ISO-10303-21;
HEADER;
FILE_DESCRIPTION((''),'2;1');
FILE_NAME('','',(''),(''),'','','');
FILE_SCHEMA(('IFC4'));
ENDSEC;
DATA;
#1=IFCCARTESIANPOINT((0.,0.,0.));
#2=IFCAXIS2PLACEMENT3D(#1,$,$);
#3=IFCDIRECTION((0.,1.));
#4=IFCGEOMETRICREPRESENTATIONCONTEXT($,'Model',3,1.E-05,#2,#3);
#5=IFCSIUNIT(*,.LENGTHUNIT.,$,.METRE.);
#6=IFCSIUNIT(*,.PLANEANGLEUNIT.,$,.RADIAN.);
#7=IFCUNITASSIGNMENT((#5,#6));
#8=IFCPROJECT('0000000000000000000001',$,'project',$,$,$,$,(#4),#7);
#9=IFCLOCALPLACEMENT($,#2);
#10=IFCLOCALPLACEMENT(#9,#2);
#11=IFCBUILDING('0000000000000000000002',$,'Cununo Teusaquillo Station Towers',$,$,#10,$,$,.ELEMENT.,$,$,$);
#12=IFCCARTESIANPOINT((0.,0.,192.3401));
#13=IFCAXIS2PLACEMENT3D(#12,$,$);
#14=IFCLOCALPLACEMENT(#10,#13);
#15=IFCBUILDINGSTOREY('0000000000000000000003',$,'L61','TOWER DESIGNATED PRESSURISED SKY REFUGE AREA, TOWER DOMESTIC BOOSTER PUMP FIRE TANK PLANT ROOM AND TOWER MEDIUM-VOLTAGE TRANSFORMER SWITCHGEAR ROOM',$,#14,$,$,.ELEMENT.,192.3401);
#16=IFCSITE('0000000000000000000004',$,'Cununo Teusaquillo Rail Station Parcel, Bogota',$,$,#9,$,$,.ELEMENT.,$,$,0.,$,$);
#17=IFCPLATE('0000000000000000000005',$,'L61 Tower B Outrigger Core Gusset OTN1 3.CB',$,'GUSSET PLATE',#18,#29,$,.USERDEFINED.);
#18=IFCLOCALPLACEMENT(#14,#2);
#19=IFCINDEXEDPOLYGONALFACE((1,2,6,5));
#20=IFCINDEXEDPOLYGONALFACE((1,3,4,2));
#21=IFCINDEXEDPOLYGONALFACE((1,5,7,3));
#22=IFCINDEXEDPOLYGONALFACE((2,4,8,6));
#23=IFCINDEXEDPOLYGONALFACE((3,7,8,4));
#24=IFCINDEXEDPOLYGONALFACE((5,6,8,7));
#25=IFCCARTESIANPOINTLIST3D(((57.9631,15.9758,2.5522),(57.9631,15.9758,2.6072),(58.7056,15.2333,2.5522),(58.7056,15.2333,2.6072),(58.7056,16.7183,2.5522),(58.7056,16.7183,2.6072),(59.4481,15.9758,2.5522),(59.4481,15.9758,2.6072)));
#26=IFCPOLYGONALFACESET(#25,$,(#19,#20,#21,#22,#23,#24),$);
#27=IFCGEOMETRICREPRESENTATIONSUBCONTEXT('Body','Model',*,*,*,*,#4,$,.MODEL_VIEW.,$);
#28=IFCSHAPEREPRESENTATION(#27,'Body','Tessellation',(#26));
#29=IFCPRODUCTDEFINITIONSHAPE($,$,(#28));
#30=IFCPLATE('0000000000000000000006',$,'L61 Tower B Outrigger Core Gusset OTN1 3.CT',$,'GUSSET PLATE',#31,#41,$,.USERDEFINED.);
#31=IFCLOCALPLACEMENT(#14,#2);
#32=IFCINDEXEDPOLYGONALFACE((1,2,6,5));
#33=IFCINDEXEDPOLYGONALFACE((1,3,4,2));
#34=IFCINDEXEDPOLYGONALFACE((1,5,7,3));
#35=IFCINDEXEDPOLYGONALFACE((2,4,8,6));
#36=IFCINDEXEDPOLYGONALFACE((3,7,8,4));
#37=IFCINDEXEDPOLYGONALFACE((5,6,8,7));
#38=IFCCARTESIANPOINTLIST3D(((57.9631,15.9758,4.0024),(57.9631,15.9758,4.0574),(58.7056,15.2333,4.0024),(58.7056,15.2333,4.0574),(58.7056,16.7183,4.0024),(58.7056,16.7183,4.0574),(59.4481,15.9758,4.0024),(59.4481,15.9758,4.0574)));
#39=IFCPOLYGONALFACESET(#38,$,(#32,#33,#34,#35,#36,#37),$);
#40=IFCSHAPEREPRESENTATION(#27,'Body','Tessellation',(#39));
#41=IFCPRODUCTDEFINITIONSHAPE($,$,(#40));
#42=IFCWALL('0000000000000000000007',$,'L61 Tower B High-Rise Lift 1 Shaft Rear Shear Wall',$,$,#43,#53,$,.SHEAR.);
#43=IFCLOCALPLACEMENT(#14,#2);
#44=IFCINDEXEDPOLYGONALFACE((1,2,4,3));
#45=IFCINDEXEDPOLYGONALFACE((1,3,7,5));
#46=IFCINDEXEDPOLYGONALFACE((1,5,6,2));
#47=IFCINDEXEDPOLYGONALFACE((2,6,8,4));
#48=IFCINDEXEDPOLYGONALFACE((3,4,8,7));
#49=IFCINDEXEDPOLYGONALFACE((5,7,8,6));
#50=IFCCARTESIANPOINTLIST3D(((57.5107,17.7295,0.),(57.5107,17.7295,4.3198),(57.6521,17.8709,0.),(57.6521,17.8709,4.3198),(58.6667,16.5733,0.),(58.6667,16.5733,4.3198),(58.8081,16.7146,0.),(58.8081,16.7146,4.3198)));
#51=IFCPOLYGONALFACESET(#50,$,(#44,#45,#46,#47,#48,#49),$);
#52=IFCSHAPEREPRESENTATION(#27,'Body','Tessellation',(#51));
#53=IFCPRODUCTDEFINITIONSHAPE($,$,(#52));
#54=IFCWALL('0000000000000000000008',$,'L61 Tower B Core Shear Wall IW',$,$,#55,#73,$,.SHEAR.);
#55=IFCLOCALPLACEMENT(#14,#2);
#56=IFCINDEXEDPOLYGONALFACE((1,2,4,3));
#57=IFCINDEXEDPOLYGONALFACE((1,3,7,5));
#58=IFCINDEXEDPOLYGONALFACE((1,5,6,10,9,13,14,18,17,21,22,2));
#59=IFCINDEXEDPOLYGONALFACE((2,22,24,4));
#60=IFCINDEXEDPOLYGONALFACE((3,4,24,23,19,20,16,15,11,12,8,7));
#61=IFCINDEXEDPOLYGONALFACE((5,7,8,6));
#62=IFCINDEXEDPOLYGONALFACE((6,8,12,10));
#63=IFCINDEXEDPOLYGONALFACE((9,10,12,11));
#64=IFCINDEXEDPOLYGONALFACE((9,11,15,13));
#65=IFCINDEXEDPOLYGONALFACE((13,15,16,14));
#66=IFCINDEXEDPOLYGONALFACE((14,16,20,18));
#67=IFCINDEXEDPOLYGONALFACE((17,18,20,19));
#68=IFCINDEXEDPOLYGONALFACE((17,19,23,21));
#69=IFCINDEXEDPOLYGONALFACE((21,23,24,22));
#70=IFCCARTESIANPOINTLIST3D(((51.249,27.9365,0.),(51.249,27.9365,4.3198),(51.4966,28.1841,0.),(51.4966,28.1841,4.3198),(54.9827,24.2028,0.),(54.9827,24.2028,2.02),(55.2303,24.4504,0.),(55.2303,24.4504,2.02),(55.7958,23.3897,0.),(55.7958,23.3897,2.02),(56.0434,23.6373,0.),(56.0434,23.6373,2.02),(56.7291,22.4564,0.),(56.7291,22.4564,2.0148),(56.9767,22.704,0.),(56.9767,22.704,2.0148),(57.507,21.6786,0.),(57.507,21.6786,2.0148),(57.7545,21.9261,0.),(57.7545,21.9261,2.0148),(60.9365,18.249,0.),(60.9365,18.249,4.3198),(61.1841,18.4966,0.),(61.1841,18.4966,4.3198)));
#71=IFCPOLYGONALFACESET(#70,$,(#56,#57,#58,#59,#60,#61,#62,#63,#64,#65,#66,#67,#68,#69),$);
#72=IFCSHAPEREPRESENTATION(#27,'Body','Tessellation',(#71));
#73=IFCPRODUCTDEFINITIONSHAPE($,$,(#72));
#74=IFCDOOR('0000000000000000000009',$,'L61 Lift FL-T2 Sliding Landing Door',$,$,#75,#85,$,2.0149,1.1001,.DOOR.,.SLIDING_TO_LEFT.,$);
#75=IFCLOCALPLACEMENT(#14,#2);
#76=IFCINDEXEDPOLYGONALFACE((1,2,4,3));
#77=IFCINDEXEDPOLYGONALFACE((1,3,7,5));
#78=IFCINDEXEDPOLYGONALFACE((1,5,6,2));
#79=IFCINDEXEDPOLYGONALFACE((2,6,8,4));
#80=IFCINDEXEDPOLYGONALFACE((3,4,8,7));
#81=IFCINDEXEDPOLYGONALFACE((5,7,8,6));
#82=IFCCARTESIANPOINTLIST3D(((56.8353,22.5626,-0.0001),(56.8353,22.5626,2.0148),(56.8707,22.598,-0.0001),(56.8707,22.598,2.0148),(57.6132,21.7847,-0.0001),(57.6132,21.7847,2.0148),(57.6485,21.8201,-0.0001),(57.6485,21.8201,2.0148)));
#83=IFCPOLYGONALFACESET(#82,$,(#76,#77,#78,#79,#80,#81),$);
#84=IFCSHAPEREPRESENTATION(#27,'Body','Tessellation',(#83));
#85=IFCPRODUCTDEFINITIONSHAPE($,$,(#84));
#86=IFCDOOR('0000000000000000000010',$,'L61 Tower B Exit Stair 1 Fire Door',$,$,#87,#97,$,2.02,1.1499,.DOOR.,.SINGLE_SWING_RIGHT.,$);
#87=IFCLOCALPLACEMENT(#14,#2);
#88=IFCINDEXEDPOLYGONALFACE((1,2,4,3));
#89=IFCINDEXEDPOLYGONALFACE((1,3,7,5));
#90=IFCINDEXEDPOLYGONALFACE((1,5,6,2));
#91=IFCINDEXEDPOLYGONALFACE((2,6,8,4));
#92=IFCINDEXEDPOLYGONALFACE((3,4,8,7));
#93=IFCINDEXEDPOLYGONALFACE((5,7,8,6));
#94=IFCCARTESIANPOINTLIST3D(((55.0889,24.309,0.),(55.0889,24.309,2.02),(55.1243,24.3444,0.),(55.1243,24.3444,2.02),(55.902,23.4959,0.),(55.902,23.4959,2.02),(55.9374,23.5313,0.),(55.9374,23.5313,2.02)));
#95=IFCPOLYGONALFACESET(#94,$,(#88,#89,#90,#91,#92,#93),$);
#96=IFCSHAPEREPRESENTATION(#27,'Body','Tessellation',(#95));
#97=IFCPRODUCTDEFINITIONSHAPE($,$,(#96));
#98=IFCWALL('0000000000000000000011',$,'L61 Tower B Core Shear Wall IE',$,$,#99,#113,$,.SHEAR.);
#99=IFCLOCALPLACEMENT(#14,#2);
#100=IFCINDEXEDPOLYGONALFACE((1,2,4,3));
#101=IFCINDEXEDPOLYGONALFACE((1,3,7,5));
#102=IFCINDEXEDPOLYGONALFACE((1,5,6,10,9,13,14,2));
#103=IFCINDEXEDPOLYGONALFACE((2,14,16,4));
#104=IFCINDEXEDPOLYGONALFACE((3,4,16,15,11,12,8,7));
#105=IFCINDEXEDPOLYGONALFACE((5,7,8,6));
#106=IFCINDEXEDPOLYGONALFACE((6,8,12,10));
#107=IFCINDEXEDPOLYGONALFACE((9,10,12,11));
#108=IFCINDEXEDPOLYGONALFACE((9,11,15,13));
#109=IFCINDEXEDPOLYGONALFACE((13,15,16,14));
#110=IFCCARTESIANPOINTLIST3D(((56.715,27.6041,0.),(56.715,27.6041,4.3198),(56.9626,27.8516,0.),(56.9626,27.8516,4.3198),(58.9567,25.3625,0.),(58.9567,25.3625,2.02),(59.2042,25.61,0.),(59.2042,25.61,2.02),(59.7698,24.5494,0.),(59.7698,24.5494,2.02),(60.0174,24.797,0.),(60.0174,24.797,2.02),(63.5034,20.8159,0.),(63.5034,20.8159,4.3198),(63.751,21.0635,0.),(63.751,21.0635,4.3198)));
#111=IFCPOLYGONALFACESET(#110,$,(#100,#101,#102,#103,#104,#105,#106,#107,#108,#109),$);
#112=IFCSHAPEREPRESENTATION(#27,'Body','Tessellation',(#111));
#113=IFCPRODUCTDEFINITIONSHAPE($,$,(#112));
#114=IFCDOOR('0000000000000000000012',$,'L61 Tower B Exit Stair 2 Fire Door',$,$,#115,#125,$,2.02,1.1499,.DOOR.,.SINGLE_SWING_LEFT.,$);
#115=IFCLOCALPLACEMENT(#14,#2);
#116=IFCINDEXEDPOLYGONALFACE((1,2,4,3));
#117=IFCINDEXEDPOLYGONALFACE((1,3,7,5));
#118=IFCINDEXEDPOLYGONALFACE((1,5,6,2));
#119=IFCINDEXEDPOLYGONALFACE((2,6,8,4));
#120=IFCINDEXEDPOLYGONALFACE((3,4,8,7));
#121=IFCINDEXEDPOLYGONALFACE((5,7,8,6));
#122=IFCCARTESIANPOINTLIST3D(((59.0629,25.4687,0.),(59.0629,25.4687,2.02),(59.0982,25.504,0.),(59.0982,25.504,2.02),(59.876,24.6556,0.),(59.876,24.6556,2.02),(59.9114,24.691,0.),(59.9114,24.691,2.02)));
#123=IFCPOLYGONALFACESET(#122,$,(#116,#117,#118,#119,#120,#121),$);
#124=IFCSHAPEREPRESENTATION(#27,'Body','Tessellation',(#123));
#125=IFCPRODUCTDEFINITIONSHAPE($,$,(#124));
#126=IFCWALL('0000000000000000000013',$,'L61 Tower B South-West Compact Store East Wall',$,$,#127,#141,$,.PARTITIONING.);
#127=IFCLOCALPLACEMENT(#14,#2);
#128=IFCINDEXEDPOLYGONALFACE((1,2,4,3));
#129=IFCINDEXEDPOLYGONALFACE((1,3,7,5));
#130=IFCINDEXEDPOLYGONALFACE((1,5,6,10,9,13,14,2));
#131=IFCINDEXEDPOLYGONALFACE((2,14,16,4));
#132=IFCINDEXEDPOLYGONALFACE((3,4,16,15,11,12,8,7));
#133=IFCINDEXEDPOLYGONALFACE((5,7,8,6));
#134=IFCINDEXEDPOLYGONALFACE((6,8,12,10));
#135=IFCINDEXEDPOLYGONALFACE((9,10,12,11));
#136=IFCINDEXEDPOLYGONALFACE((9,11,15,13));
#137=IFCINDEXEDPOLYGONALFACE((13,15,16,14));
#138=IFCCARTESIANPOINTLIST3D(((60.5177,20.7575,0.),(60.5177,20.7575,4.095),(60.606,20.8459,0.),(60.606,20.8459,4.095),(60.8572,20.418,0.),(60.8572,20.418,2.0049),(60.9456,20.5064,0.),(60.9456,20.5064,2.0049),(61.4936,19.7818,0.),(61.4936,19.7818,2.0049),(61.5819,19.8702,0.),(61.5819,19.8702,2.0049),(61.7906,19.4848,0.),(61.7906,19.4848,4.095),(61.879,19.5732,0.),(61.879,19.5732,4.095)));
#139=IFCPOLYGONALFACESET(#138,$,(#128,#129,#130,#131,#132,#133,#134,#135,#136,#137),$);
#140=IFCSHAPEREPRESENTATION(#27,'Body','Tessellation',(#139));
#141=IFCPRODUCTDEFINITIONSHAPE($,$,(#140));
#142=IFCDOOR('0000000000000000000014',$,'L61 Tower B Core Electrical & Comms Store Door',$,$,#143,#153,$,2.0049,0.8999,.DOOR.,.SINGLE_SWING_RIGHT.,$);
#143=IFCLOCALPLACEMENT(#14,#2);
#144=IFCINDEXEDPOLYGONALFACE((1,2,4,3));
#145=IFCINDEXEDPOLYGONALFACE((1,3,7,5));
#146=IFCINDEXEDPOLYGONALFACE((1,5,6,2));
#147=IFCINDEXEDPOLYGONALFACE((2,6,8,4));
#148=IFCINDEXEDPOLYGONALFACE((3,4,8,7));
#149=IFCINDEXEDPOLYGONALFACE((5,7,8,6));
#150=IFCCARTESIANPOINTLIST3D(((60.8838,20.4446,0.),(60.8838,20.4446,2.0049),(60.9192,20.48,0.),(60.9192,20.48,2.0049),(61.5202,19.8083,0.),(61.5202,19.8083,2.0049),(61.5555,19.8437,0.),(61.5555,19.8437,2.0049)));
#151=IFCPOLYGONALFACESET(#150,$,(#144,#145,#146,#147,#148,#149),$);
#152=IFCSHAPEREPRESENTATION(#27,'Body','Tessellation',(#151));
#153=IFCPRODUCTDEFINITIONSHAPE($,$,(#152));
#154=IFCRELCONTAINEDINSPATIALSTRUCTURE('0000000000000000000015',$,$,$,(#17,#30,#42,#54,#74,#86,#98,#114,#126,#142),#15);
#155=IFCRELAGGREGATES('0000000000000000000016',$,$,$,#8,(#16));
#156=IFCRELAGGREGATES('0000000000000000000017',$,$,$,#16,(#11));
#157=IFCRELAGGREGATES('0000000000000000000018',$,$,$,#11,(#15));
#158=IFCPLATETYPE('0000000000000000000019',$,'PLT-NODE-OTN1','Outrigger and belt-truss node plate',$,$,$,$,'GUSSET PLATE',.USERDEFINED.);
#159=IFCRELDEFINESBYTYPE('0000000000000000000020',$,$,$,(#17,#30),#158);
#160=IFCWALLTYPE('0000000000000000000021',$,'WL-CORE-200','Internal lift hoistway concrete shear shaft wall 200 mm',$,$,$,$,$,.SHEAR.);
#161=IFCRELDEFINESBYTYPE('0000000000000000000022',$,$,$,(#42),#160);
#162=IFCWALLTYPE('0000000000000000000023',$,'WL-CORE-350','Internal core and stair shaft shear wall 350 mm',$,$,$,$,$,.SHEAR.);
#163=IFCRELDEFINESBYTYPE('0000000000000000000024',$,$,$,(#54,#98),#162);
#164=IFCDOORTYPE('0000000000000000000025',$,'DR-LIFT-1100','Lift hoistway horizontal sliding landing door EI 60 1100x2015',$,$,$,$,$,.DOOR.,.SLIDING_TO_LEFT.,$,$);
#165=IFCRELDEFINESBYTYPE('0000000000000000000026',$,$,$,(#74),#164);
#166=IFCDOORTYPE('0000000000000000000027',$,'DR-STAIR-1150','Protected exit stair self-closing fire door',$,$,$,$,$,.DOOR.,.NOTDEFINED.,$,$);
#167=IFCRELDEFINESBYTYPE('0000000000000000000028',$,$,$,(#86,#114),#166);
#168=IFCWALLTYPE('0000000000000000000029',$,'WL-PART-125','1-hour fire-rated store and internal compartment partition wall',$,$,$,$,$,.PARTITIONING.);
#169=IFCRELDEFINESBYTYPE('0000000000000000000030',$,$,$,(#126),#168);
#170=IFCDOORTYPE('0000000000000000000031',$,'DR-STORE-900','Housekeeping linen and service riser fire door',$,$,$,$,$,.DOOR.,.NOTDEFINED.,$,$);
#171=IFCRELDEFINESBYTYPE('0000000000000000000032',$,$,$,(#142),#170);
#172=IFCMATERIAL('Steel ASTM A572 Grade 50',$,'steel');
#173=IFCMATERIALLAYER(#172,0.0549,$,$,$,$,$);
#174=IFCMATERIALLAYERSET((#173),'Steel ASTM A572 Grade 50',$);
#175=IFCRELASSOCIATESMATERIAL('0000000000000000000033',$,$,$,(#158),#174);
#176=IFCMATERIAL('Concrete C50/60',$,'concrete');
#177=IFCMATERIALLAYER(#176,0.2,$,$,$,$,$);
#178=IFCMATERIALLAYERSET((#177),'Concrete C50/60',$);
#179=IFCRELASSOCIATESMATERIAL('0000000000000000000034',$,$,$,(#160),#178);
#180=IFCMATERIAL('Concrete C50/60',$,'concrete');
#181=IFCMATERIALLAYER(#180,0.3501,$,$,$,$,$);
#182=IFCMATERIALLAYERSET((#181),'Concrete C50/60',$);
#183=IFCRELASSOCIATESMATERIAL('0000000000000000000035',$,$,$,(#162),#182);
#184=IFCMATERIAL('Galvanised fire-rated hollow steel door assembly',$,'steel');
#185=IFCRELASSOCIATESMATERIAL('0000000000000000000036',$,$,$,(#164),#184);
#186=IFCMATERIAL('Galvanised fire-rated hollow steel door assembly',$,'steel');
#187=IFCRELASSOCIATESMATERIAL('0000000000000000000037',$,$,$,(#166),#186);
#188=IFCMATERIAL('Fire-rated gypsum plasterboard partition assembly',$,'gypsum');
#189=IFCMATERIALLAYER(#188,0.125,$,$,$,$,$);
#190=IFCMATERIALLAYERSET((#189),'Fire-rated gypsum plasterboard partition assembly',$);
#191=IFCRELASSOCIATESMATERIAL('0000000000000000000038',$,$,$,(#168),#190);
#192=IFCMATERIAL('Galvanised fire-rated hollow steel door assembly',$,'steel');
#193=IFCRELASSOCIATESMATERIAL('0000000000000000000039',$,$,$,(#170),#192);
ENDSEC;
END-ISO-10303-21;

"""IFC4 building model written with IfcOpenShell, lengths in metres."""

from ifc_helpers import new_model, si_unit, direction, frame, frame_2d, origin, origin_2d, place, context, subcontext, project, spatial, rectangle, extrude, source, transform, mapped, material, layer, layer_set, type_object, element, fill, save


model = new_model("IFC4")

# Units and contexts
model_context = context("Model", 3, precision=1e-05, world=origin(), true_north=direction((0.0, 1.0)))
body_context = subcontext(model_context, "Body", "Model", "MODEL_VIEW")
ifc_project = project(units=[si_unit("LENGTHUNIT", "METRE"), si_unit("PLANEANGLEUNIT", "RADIAN")], contexts=[model_context])

# Site, building, storey
site_placement = place(None, origin())
site = spatial("IfcSite", under=ifc_project, at=site_placement, Name="Cununo Teusaquillo Rail Station Parcel, Bogota", CompositionType="ELEMENT", RefElevation=0.0)
building_placement = place(site_placement, origin())
building = spatial("IfcBuilding", under=site, at=building_placement, Name="Cununo Teusaquillo Station Towers", CompositionType="ELEMENT")
storey_placement = place(building_placement, frame((0.0, 0.0, 192.3401)))
storey = spatial("IfcBuildingStorey", under=building, at=storey_placement, Name="L61", Description="TOWER DESIGNATED PRESSURISED SKY REFUGE AREA, TOWER DOMESTIC BOOSTER PUMP FIRE TANK PLANT ROOM AND TOWER MEDIUM-VOLTAGE TRANSFORMER SWITCHGEAR ROOM", CompositionType="ELEMENT", Elevation=192.3401)

# Plates
ifc_material_1 = material(Name="Steel ASTM A572 Grade 50", Category="steel")
ifc_layer_1 = layer(ifc_material_1, 0.0549)
ifc_layer_set_1 = layer_set([ifc_layer_1], Name="Steel ASTM A572 Grade 50")
plate_type = type_object("IfcPlateType", Name="PLT-NODE-OTN1", Description="Outrigger and belt-truss node plate", ElementType="GUSSET PLATE", PredefinedType="USERDEFINED", material=ifc_layer_set_1)
shared_shape_1 = source(origin(), body_context, "Body", "SweptSolid", [
    extrude(rectangle(XDim=1.05, YDim=1.05, at=origin_2d()), origin(), (0.0, 0.0, 1.0), 0.0549),
])
for number, where, z_axis, x_axis, name in (
    (1, (58.7056, 15.9758, 2.5522), (0.0, 0.0, 1.0), (0.707107, 0.707107, 0.0), "L61 Tower B Outrigger Core Gusset OTN1 3.CB"),
    (2, (58.7056, 15.9758, 4.0024), (0.0, 0.0, 1.0), (0.707107, 0.707107, 0.0), "L61 Tower B Outrigger Core Gusset OTN1 3.CT"),
):
    element("IfcPlate", number, at=place(storey_placement, frame(where, z_axis=z_axis, x_axis=x_axis)), inside=storey, type_object=plate_type, Name=name, ObjectType="GUSSET PLATE", PredefinedType="USERDEFINED", context=body_context, shape_type="MappedRepresentation", body=[
        mapped(shared_shape_1, transform((0.0, 0.0, 0.0), x_axis=(1.0, 0.0, 0.0), y_axis=(0.0, 1.0, 0.0), z_axis=(0.0, 0.0, 1.0), scale=1.0)),
    ])

# Wall
ifc_material_2 = material(Name="Concrete C50/60", Category="concrete")
ifc_layer_2 = layer(ifc_material_2, 0.2)
ifc_layer_set_2 = layer_set([ifc_layer_2], Name="Concrete C50/60")
wall_type_1 = type_object("IfcWallType", Name="WL-CORE-200", Description="Internal lift hoistway concrete shear shaft wall 200 mm", PredefinedType="SHEAR", material=ifc_layer_set_2)
wall_1_placement = place(storey_placement, frame((58.7373, 16.644, 0.0), z_axis=(0.0, 0.0, 1.0), x_axis=(-0.707032, 0.707181, 0.0)))
element("IfcWall", 3, at=wall_1_placement, inside=storey, type_object=wall_type_1, Name="L61 Tower B High-Rise Lift 1 Shaft Rear Shear Wall", PredefinedType="SHEAR", context=body_context, shape_type="SweptSolid", body=[
    extrude(rectangle(XDim=1.635, YDim=0.2, at=frame_2d((0.8174, 0.0))), origin(), (0.0, 0.0, 1.0), 4.3198),
])

# Wall, openings, doors
ifc_material_3 = material(Name="Concrete C50/60", Category="concrete")
ifc_layer_3 = layer(ifc_material_3, 0.3501)
ifc_layer_set_3 = layer_set([ifc_layer_3], Name="Concrete C50/60")
wall_type_2 = type_object("IfcWallType", Name="WL-CORE-350", Description="Internal core and stair shaft shear wall 350 mm", PredefinedType="SHEAR", material=ifc_layer_set_3)
wall_2_placement = place(storey_placement, frame((61.0603, 18.3728, 0.0), z_axis=(0.0, 0.0, 1.0), x_axis=(-0.707107, 0.707107, 0.0)))
wall_2 = element("IfcWall", 4, at=wall_2_placement, inside=storey, type_object=wall_type_2, Name="L61 Tower B Core Shear Wall IW", PredefinedType="SHEAR", context=body_context, shape_type="SweptSolid", body=[
    extrude(rectangle(XDim=13.7002, YDim=0.3501, at=frame_2d((6.8501, 0.0))), origin(), (0.0, 0.0, 1.0), 4.3198),
])
shared_shape_2 = source(origin(), body_context, "Body", "SweptSolid", [
    extrude(rectangle(XDim=1.1001, YDim=2.0149, at=frame_2d((0.55, 1.0073))), frame((0.0, 0.1851, 0.0), z_axis=(0.0, -1.0, 0.0), x_axis=(1.0, 0.0, 0.0)), (0.0, 0.0, 1.0), 0.3701),
])
opening_1_placement = place(wall_2_placement, frame((4.8501, 0.0, 0.0)))
opening_1 = element("IfcOpeningElement", 5, at=opening_1_placement, cuts=wall_2, PredefinedType="OPENING", context=body_context, shape_type="MappedRepresentation", body=[
    mapped(shared_shape_2, transform((0.0, 0.0, 0.0), x_axis=(1.0, 0.0, 0.0), y_axis=(0.0, 1.0, 0.0), z_axis=(0.0, 0.0, 1.0), scale=1.0)),
])
shared_shape_3 = source(origin(), body_context, "Body", "SweptSolid", [
    extrude(rectangle(XDim=1.1499, YDim=2.02, at=frame_2d((0.575, 1.01))), frame((0.0, 0.1851, 0.0), z_axis=(0.0, -1.0, 0.0), x_axis=(1.0, 0.0, 0.0)), (0.0, 0.0, 1.0), 0.3701),
])
opening_2_placement = place(wall_2_placement, frame((7.27, 0.0, 0.0)))
opening_2 = element("IfcOpeningElement", 6, at=opening_2_placement, cuts=wall_2, PredefinedType="OPENING", context=body_context, shape_type="MappedRepresentation", body=[
    mapped(shared_shape_3, transform((0.0, 0.0, 0.0), x_axis=(1.0, 0.0, 0.0), y_axis=(0.0, 1.0, 0.0), z_axis=(0.0, 0.0, 1.0), scale=1.0)),
])
ifc_material_4 = material(Name="Galvanised fire-rated hollow steel door assembly", Category="steel")
door_type_1 = type_object("IfcDoorType", Name="DR-LIFT-1100", Description="Lift hoistway horizontal sliding landing door EI 60 1100x2015", OperationType="SLIDING_TO_LEFT", PredefinedType="DOOR", material=ifc_material_4)
shared_shape_4 = source(origin(), body_context, "Body", "SweptSolid", [
    extrude(rectangle(XDim=1.1001, YDim=2.0149, at=frame_2d((0.55, 1.0073))), frame((0.0, 0.0249, 0.0), z_axis=(0.0, -1.0, 0.0), x_axis=(1.0, 0.0, 0.0)), (0.0, 0.0, 1.0), 0.05),
])
door_1_placement = place(opening_1_placement, origin())
door_1 = element("IfcDoor", 7, at=door_1_placement, inside=storey, type_object=door_type_1, Name="L61 Lift FL-T2 Sliding Landing Door", OperationType="SLIDING_TO_LEFT", OverallHeight=2.0149, OverallWidth=1.1001, PredefinedType="DOOR", context=body_context, shape_type="MappedRepresentation", body=[
    mapped(shared_shape_4, transform((0.0, 0.0, 0.0), x_axis=(1.0, 0.0, 0.0), y_axis=(0.0, 1.0, 0.0), z_axis=(0.0, 0.0, 1.0), scale=1.0)),
])
fill(opening_1, door_1)
ifc_material_5 = material(Name="Galvanised fire-rated hollow steel door assembly", Category="steel")
door_type_2 = type_object("IfcDoorType", Name="DR-STAIR-1150", Description="Protected exit stair self-closing fire door", OperationType="NOTDEFINED", PredefinedType="DOOR", material=ifc_material_5)
shared_shape_5 = source(origin(), body_context, "Body", "SweptSolid", [
    extrude(rectangle(XDim=1.1499, YDim=2.02, at=frame_2d((0.575, 1.01))), frame((0.0, 0.0249, 0.0), z_axis=(0.0, -1.0, 0.0), x_axis=(1.0, 0.0, 0.0)), (0.0, 0.0, 1.0), 0.05),
])
door_2_placement = place(opening_2_placement, origin())
door_2 = element("IfcDoor", 8, at=door_2_placement, inside=storey, type_object=door_type_2, Name="L61 Tower B Exit Stair 1 Fire Door", OperationType="SINGLE_SWING_RIGHT", OverallHeight=2.02, OverallWidth=1.1499, PredefinedType="DOOR", context=body_context, shape_type="MappedRepresentation", body=[
    mapped(shared_shape_5, transform((0.0, 0.0, 0.0), x_axis=(1.0, 0.0, 0.0), y_axis=(0.0, 1.0, 0.0), z_axis=(0.0, 0.0, 1.0), scale=1.0)),
])
fill(opening_2, door_2)

# Walls, openings, doors
wall_3_placement = place(storey_placement, frame((63.6272, 20.9397, 0.0), z_axis=(0.0, 0.0, 1.0), x_axis=(-0.707119, 0.707094, 0.0)))
wall_3 = element("IfcWall", 9, at=wall_3_placement, inside=storey, type_object=wall_type_2, Name="L61 Tower B Core Shear Wall IE", PredefinedType="SHEAR", context=body_context, shape_type="SweptSolid", body=[
    extrude(rectangle(XDim=9.6001, YDim=0.3501, at=frame_2d((4.8, 0.0))), origin(), (0.0, 0.0, 1.0), 4.3198),
])
opening_3_placement = place(wall_3_placement, frame((5.28, 0.0, 0.0)))
opening_3 = element("IfcOpeningElement", 10, at=opening_3_placement, cuts=wall_3, PredefinedType="OPENING", context=body_context, shape_type="MappedRepresentation", body=[
    mapped(shared_shape_3, transform((0.0, 0.0, 0.0), x_axis=(1.0, 0.0, 0.0), y_axis=(0.0, 1.0, 0.0), z_axis=(0.0, 0.0, 1.0), scale=1.0)),
])
door_3_placement = place(opening_3_placement, origin())
door_3 = element("IfcDoor", 11, at=door_3_placement, inside=storey, type_object=door_type_2, Name="L61 Tower B Exit Stair 2 Fire Door", OperationType="SINGLE_SWING_LEFT", OverallHeight=2.02, OverallWidth=1.1499, PredefinedType="DOOR", context=body_context, shape_type="MappedRepresentation", body=[
    mapped(shared_shape_5, transform((0.0, 0.0, 0.0), x_axis=(1.0, 0.0, 0.0), y_axis=(0.0, 1.0, 0.0), z_axis=(0.0, 0.0, 1.0), scale=1.0)),
])
fill(opening_3, door_3)
ifc_material_6 = material(Name="Fire-rated gypsum plasterboard partition assembly", Category="gypsum")
ifc_layer_4 = layer(ifc_material_6, 0.125)
ifc_layer_set_4 = layer_set([ifc_layer_4], Name="Fire-rated gypsum plasterboard partition assembly")
wall_type_3 = type_object("IfcWallType", Name="WL-PART-125", Description="1-hour fire-rated store and internal compartment partition wall", PredefinedType="PARTITIONING", material=ifc_layer_set_4)
wall_4_placement = place(storey_placement, frame((61.8347, 19.5291, 0.0), z_axis=(0.0, 0.0, 1.0), x_axis=(-0.707175, 0.707039, 0.0)))
wall_4 = element("IfcWall", 12, at=wall_4_placement, inside=storey, type_object=wall_type_3, Name="L61 Tower B South-West Compact Store East Wall", PredefinedType="PARTITIONING", context=body_context, shape_type="SweptSolid", body=[
    extrude(rectangle(XDim=1.8, YDim=0.125, at=frame_2d((0.8999, 0.0))), origin(), (0.0, 0.0, 1.0), 4.095),
])
shared_shape_6 = source(origin(), body_context, "Body", "SweptSolid", [
    extrude(rectangle(XDim=0.8999, YDim=2.0049, at=frame_2d((0.45, 1.0024))), frame((0.0, 0.0725, 0.0), z_axis=(0.0, -1.0, 0.0), x_axis=(1.0, 0.0, 0.0)), (0.0, 0.0, 1.0), 0.145),
])
opening_4_placement = place(wall_4_placement, frame((0.4199, 0.0, 0.0)))
opening_4 = element("IfcOpeningElement", 13, at=opening_4_placement, cuts=wall_4, PredefinedType="OPENING", context=body_context, shape_type="MappedRepresentation", body=[
    mapped(shared_shape_6, transform((0.0, 0.0, 0.0), x_axis=(1.0, 0.0, 0.0), y_axis=(0.0, 1.0, 0.0), z_axis=(0.0, 0.0, 1.0), scale=1.0)),
])
ifc_material_7 = material(Name="Galvanised fire-rated hollow steel door assembly", Category="steel")
door_type_3 = type_object("IfcDoorType", Name="DR-STORE-900", Description="Housekeeping linen and service riser fire door", OperationType="NOTDEFINED", PredefinedType="DOOR", material=ifc_material_7)
shared_shape_7 = source(origin(), body_context, "Body", "SweptSolid", [
    extrude(rectangle(XDim=0.8999, YDim=2.0049, at=frame_2d((0.45, 1.0024))), frame((0.0, 0.0249, 0.0), z_axis=(0.0, -1.0, 0.0), x_axis=(1.0, 0.0, 0.0)), (0.0, 0.0, 1.0), 0.05),
])
door_4_placement = place(opening_4_placement, origin())
door_4 = element("IfcDoor", 14, at=door_4_placement, inside=storey, type_object=door_type_3, Name="L61 Tower B Core Electrical & Comms Store Door", OperationType="SINGLE_SWING_RIGHT", OverallHeight=2.0049, OverallWidth=0.8999, PredefinedType="DOOR", context=body_context, shape_type="MappedRepresentation", body=[
    mapped(shared_shape_7, transform((0.0, 0.0, 0.0), x_axis=(1.0, 0.0, 0.0), y_axis=(0.0, 1.0, 0.0), z_axis=(0.0, 0.0, 1.0), scale=1.0)),
])
fill(opening_4, door_4)

save(model, "model.ifc")
